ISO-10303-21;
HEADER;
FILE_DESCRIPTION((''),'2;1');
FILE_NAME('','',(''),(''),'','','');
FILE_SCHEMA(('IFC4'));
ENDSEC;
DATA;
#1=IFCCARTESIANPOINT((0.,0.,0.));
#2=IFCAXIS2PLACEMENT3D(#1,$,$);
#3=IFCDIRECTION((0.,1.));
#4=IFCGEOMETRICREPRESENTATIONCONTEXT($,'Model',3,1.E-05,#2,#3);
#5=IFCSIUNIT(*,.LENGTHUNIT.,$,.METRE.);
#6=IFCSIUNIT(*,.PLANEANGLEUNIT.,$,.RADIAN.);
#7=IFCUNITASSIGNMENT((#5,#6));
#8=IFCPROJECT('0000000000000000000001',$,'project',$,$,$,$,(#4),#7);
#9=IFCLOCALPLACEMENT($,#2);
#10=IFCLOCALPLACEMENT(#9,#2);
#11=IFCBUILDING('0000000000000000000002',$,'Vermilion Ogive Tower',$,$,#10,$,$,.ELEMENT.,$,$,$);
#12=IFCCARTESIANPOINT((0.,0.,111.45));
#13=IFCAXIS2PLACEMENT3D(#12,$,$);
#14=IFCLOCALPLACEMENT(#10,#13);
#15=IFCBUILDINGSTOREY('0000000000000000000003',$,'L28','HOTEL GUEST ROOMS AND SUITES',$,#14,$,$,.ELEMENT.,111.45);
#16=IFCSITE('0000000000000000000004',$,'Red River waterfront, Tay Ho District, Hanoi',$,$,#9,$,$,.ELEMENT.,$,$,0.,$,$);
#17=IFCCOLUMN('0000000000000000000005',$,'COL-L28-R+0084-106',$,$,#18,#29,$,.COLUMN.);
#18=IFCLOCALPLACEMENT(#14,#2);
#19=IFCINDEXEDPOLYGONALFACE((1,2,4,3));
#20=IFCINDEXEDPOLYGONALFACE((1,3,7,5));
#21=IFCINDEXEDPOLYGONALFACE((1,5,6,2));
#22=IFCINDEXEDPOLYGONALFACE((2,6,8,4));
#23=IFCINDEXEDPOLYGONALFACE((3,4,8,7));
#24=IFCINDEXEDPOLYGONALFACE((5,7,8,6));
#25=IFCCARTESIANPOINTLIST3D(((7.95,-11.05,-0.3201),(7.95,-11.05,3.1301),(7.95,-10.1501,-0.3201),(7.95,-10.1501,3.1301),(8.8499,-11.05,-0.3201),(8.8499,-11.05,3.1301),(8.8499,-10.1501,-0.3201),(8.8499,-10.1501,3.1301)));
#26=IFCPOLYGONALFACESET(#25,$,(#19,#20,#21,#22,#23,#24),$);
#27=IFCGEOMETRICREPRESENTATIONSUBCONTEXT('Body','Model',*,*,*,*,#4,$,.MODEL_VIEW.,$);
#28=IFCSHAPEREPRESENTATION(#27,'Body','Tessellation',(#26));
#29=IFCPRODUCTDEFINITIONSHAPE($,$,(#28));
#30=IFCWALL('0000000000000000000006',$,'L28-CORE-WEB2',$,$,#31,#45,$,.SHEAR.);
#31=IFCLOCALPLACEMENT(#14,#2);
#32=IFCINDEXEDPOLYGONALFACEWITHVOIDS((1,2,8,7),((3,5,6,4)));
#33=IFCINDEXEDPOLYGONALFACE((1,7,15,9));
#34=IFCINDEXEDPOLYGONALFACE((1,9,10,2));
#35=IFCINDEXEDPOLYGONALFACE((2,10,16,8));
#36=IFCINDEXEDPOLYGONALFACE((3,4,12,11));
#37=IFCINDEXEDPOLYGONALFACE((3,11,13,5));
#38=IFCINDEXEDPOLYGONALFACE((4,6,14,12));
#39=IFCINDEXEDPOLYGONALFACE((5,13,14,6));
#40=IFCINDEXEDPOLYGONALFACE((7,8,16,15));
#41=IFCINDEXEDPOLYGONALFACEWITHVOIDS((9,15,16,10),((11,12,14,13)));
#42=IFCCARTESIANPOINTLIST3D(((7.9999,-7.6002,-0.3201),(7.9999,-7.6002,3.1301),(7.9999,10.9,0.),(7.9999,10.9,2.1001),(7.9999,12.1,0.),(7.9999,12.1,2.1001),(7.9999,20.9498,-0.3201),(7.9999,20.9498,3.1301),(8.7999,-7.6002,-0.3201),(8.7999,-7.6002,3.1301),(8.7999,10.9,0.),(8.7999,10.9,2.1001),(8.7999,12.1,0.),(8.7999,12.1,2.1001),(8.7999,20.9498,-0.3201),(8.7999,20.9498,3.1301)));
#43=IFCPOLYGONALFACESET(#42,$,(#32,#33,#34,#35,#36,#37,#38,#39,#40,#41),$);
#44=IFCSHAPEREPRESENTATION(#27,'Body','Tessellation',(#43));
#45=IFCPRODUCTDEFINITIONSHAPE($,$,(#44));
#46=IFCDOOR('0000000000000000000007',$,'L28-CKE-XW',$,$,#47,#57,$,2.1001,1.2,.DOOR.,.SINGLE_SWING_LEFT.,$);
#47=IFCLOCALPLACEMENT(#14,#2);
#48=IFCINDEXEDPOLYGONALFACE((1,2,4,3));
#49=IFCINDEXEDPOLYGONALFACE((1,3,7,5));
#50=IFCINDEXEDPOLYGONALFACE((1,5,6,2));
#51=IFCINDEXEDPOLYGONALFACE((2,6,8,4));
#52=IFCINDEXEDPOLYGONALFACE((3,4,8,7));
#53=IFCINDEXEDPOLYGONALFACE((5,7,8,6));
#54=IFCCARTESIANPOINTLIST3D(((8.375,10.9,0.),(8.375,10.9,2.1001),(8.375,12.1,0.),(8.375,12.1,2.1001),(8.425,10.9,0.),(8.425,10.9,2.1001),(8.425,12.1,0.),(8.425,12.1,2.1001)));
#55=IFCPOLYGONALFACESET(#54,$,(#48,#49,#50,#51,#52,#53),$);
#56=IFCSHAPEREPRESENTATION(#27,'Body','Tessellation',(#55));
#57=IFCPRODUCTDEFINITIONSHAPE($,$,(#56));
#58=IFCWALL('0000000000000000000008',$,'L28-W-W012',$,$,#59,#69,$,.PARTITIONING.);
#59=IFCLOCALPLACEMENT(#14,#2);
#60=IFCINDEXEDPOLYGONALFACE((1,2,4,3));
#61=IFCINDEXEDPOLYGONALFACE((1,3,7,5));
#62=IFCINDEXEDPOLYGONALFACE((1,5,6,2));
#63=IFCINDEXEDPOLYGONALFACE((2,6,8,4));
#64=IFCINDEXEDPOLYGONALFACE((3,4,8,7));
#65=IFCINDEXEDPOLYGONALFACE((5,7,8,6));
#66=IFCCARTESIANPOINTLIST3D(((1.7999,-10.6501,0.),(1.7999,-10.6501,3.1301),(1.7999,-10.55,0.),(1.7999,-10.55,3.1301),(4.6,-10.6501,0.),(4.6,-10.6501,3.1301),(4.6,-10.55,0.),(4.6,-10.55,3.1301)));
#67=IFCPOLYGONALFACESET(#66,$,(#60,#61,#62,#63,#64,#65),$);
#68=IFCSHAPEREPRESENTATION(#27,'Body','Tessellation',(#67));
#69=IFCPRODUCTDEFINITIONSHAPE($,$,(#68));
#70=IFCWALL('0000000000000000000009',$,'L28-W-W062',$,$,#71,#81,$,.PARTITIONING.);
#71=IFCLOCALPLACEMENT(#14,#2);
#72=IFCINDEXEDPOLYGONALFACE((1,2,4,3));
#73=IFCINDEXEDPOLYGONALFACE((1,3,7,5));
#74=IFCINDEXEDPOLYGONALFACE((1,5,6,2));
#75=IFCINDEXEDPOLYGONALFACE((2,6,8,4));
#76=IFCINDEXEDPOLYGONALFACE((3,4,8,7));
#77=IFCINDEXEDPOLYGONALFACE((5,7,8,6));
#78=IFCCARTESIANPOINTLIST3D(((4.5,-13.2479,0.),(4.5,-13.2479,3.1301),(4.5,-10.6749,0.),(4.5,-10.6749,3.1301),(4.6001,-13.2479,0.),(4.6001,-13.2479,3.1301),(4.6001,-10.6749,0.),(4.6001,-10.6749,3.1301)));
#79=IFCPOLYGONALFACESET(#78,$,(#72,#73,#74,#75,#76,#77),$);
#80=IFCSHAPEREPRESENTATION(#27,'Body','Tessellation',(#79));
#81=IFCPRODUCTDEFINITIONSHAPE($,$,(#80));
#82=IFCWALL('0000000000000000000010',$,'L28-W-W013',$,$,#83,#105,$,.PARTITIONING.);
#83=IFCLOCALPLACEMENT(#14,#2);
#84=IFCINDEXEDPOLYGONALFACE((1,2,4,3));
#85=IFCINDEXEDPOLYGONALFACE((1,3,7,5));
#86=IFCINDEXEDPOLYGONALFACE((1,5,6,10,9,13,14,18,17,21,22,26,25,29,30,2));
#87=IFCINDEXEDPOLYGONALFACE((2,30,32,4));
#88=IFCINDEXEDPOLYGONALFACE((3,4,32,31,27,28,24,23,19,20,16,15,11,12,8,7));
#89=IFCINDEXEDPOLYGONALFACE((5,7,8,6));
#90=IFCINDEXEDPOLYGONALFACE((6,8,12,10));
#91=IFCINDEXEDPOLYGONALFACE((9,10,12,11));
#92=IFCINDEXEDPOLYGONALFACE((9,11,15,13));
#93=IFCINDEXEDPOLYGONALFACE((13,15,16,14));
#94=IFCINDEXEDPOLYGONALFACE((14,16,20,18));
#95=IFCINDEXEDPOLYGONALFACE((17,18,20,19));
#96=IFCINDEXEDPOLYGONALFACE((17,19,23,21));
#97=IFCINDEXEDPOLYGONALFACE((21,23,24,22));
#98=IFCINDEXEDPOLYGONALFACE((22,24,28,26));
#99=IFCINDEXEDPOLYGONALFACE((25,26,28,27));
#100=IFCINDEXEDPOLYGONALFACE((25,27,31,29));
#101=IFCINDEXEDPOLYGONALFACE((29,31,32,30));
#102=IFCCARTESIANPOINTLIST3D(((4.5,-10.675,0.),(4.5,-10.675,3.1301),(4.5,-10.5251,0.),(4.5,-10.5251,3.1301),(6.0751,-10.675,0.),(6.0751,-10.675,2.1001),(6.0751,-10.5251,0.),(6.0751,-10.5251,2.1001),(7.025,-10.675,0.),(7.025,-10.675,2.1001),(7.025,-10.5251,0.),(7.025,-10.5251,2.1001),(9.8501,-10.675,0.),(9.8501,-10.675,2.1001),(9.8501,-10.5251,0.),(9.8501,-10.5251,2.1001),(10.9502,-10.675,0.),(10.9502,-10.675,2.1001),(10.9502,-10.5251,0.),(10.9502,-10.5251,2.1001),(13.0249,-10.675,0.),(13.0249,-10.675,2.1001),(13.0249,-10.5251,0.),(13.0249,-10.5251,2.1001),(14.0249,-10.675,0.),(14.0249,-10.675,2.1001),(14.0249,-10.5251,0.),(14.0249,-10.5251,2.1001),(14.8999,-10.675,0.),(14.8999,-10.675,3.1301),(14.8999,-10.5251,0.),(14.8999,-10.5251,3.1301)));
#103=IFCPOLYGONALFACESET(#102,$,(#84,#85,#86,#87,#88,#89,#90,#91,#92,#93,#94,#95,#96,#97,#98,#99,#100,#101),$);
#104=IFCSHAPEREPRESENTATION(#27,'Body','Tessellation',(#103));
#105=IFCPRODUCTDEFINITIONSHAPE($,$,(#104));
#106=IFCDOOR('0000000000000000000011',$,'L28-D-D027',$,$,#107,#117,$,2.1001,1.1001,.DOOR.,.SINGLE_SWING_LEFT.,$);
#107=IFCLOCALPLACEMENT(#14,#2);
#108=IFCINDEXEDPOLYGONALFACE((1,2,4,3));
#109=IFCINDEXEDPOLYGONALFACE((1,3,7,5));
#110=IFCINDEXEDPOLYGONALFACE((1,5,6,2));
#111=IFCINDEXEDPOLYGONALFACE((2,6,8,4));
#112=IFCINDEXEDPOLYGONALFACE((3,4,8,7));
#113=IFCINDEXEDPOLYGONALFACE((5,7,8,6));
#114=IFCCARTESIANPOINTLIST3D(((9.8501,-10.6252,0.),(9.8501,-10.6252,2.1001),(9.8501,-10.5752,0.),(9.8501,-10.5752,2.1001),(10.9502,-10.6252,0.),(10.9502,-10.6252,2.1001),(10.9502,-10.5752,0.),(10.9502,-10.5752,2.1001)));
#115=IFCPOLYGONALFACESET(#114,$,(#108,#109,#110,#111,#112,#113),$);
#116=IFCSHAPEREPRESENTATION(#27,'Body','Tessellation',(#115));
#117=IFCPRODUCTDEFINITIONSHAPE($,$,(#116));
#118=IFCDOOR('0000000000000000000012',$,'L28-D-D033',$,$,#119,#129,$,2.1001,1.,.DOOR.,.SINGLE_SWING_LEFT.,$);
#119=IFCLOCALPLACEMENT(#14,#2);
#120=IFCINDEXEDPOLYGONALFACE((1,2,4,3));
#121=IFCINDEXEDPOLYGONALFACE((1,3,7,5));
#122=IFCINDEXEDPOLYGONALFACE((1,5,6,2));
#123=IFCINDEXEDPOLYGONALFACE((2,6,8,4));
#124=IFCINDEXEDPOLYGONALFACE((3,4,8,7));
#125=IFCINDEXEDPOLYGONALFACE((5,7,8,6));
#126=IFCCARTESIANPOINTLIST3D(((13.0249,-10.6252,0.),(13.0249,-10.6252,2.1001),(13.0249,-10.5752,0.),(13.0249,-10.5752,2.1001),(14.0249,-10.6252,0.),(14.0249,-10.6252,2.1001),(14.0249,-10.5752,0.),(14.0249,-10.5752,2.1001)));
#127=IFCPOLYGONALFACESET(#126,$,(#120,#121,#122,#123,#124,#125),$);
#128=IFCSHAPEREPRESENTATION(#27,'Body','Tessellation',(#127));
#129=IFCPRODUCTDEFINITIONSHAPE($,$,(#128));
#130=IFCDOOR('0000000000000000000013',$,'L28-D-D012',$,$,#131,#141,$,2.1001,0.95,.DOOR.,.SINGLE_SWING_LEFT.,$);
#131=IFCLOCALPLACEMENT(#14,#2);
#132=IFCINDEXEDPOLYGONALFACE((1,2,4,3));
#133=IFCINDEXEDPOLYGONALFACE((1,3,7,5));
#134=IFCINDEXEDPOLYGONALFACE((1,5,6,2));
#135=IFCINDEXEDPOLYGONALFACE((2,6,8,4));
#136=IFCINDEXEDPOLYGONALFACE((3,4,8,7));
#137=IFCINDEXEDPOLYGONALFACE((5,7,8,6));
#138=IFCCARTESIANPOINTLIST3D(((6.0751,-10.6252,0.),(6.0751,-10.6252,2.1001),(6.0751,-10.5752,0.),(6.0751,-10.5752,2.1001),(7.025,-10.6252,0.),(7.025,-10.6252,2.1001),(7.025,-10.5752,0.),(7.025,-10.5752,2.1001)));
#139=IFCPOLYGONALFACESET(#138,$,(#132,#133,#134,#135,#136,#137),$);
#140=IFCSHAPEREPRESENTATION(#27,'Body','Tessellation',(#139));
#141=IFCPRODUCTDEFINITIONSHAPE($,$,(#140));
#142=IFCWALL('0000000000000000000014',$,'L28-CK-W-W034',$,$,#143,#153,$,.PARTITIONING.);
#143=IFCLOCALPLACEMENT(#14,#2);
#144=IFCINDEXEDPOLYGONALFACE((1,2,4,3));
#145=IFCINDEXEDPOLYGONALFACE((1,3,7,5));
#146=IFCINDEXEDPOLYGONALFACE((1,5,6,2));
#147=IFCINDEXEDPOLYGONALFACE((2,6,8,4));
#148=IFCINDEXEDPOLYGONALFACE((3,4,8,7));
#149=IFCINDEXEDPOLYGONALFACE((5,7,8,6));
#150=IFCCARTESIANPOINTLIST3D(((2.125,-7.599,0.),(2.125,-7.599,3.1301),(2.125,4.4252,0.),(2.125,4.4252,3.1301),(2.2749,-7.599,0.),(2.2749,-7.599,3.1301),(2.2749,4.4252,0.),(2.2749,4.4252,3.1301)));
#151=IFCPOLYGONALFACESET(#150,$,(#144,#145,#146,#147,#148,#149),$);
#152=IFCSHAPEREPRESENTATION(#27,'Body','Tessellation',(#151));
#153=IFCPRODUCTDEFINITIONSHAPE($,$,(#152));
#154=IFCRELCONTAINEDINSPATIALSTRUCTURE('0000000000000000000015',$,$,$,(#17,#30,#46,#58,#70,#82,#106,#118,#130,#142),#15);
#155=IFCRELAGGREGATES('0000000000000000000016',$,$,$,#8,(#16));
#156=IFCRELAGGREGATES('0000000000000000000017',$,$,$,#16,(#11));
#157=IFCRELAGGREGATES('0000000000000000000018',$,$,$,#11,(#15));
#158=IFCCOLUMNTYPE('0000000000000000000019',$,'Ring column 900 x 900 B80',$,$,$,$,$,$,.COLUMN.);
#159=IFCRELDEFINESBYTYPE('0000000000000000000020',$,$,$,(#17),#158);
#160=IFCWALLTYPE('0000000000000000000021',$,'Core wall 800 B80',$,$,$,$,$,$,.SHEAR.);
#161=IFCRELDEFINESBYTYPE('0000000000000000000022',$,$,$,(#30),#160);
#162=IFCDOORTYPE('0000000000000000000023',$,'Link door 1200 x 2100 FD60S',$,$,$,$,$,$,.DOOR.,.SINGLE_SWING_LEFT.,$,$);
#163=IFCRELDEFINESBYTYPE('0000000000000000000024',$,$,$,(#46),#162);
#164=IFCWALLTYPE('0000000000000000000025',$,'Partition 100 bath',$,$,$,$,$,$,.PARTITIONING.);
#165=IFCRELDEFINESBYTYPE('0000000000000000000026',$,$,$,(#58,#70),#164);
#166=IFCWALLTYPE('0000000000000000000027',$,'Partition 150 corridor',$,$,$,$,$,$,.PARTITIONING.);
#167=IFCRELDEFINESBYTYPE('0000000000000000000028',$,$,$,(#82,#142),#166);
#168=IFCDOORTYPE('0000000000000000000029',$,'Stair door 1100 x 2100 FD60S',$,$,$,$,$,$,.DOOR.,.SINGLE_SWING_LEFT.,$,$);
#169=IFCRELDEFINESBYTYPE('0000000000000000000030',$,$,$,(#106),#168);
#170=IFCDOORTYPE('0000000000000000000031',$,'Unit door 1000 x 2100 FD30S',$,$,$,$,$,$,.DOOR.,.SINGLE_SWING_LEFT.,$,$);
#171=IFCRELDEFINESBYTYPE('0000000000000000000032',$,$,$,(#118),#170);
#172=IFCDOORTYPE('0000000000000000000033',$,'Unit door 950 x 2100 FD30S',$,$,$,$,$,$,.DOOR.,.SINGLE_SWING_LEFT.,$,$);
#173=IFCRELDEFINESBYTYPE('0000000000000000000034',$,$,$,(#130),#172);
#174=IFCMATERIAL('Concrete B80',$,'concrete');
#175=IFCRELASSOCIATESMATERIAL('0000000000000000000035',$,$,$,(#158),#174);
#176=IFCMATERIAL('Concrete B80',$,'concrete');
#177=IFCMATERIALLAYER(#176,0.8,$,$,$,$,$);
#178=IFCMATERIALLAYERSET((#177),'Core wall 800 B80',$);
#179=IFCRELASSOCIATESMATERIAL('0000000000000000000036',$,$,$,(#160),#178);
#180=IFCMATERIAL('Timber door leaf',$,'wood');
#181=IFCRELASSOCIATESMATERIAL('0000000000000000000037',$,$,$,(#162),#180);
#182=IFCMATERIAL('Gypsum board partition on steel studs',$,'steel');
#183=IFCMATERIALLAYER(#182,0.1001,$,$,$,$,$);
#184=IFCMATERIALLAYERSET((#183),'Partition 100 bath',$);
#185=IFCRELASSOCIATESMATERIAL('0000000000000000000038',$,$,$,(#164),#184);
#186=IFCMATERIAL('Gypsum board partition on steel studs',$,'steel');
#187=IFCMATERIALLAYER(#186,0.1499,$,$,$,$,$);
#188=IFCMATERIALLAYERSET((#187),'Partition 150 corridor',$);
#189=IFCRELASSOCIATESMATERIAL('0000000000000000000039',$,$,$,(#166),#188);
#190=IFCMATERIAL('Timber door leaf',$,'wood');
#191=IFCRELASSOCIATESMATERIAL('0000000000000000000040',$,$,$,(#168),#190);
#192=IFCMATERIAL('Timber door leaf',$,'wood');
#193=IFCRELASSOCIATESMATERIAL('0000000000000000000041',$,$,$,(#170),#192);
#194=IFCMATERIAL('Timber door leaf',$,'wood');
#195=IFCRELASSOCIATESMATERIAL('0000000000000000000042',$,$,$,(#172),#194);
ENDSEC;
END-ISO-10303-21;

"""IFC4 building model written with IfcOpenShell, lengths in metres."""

from ifc_helpers import new_model, si_unit, direction, frame, frame_2d, origin, origin_2d, place, context, subcontext, project, spatial, rectangle, extrude, material, layer, layer_set, material_profile, profile_set, type_object, element, fill, save


model = new_model("IFC4")

# Units and contexts
model_context = context("Model", 3, precision=1e-05, world=origin(), true_north=direction((0.0, 1.0)))
body_context = subcontext(model_context, "Body", "Model", "MODEL_VIEW")
ifc_project = project(units=[si_unit("LENGTHUNIT", "METRE"), si_unit("PLANEANGLEUNIT", "RADIAN")], contexts=[model_context])

# Site, building, storey
site_placement = place(None, origin())
site = spatial("IfcSite", under=ifc_project, at=site_placement, Name="Red River waterfront, Tay Ho District, Hanoi", CompositionType="ELEMENT", RefElevation=0.0)
building_placement = place(site_placement, origin())
building = spatial("IfcBuilding", under=site, at=building_placement, Name="Vermilion Ogive Tower", CompositionType="ELEMENT")
storey_placement = place(building_placement, frame((0.0, 0.0, 111.45)))
storey = spatial("IfcBuildingStorey", under=building, at=storey_placement, Name="L28", Description="HOTEL GUEST ROOMS AND SUITES", CompositionType="ELEMENT", Elevation=111.45)

# Column
ifc_material_1 = material(Name="Concrete B80", Category="concrete")
ifc_material_profile = material_profile(ifc_material_1, rectangle(XDim=0.8999, YDim=0.8999, at=origin_2d()), Name="900 x 900")
ifc_profile_set = profile_set([ifc_material_profile], Name="Concrete B80")
column_type = type_object("IfcColumnType", Name="Ring column 900 x 900 B80", PredefinedType="COLUMN", material=ifc_profile_set)
column_placement = place(storey_placement, frame((8.3999, -10.6001, -0.3201), z_axis=(0.0, 0.0, 1.0), x_axis=(1.0, 0.0, 0.0)))
element("IfcColumn", 1, at=column_placement, inside=storey, type_object=column_type, Name="COL-L28-R+0084-106", PredefinedType="COLUMN", context=body_context, shape_type="SweptSolid", body=[
    extrude(rectangle(XDim=0.8999, YDim=0.8999, at=origin_2d()), origin(), (0.0, 0.0, 1.0), 3.4502),
])

# Wall, opening, door
ifc_material_2 = material(Name="Concrete B80", Category="concrete")
ifc_layer_1 = layer(ifc_material_2, 0.8)
ifc_layer_set_1 = layer_set([ifc_layer_1], Name="Core wall 800 B80")
wall_type_1 = type_object("IfcWallType", Name="Core wall 800 B80", PredefinedType="SHEAR", material=ifc_layer_set_1)
wall_1_placement = place(storey_placement, frame((8.3999, -7.6001, -0.3201), z_axis=(0.0, 0.0, 1.0), x_axis=(0.0, 1.0, 0.0)))
wall_1 = element("IfcWall", 2, at=wall_1_placement, inside=storey, type_object=wall_type_1, Name="L28-CORE-WEB2", PredefinedType="SHEAR", context=body_context, shape_type="SweptSolid", body=[
    extrude(rectangle(XDim=28.55, YDim=0.8, at=frame_2d((14.2749, 0.0))), origin(), (0.0, 0.0, 1.0), 3.4502),
])
opening_1_placement = place(wall_1_placement, frame((18.5, 0.0, 0.3201)))
opening_1 = element("IfcOpeningElement", 3, at=opening_1_placement, cuts=wall_1, PredefinedType="OPENING", context=body_context, shape_type="SweptSolid", body=[
    extrude(rectangle(XDim=1.2, YDim=2.1001, at=frame_2d((0.6001, 1.05))), frame((0.0, 0.4099, 0.0), z_axis=(0.0, -1.0, 0.0), x_axis=(1.0, 0.0, 0.0)), (0.0, 0.0, 1.0), 0.8201),
])
ifc_material_3 = material(Name="Timber door leaf", Category="wood")
door_type_1 = type_object("IfcDoorType", Name="Link door 1200 x 2100 FD60S", OperationType="SINGLE_SWING_LEFT", PredefinedType="DOOR", material=ifc_material_3)
door_1_placement = place(opening_1_placement, origin())
door_1 = element("IfcDoor", 4, at=door_1_placement, inside=storey, type_object=door_type_1, Name="L28-CKE-XW", OperationType="SINGLE_SWING_LEFT", OverallHeight=2.1001, OverallWidth=1.2, PredefinedType="DOOR", context=body_context, shape_type="SweptSolid", body=[
    extrude(rectangle(XDim=1.2, YDim=2.1001, at=frame_2d((0.6001, 1.05))), frame((0.0, 0.0249, 0.0), z_axis=(0.0, -1.0, 0.0), x_axis=(1.0, 0.0, 0.0)), (0.0, 0.0, 1.0), 0.05),
])
fill(opening_1, door_1)

# Walls
ifc_material_4 = material(Name="Gypsum board partition on steel studs", Category="steel")
ifc_layer_2 = layer(ifc_material_4, 0.1001)
ifc_layer_set_2 = layer_set([ifc_layer_2], Name="Partition 100 bath")
wall_type_2 = type_object("IfcWallType", Name="Partition 100 bath", PredefinedType="PARTITIONING", material=ifc_layer_set_2)
wall_2_placement = place(storey_placement, frame((1.8, -10.6001, 0.0), z_axis=(0.0, 0.0, 1.0), x_axis=(1.0, 0.0, 0.0)))
element("IfcWall", 5, at=wall_2_placement, inside=storey, type_object=wall_type_2, Name="L28-W-W012", PredefinedType="PARTITIONING", context=body_context, shape_type="SweptSolid", body=[
    extrude(rectangle(XDim=2.8, YDim=0.1001, at=frame_2d((1.3999, 0.0))), origin(), (0.0, 0.0, 1.0), 3.1301),
])
wall_3_placement = place(storey_placement, frame((4.55, -13.248, 0.0), z_axis=(0.0, 0.0, 1.0), x_axis=(0.0, 1.0, 0.0)))
element("IfcWall", 6, at=wall_3_placement, inside=storey, type_object=wall_type_2, Name="L28-W-W062", PredefinedType="PARTITIONING", context=body_context, shape_type="SweptSolid", body=[
    extrude(rectangle(XDim=2.573, YDim=0.1001, at=frame_2d((1.2866, 0.0))), origin(), (0.0, 0.0, 1.0), 3.1301),
])

# Wall, openings, doors
ifc_material_5 = material(Name="Gypsum board partition on steel studs", Category="steel")
ifc_layer_3 = layer(ifc_material_5, 0.1499)
ifc_layer_set_3 = layer_set([ifc_layer_3], Name="Partition 150 corridor")
wall_type_3 = type_object("IfcWallType", Name="Partition 150 corridor", PredefinedType="PARTITIONING", material=ifc_layer_set_3)
wall_4_placement = place(storey_placement, frame((4.5, -10.6001, 0.0), z_axis=(0.0, 0.0, 1.0), x_axis=(1.0, 0.0, 0.0)))
wall_4 = element("IfcWall", 7, at=wall_4_placement, inside=storey, type_object=wall_type_3, Name="L28-W-W013", PredefinedType="PARTITIONING", context=body_context, shape_type="SweptSolid", body=[
    extrude(rectangle(XDim=10.3999, YDim=0.1499, at=frame_2d((5.2, 0.0))), origin(), (0.0, 0.0, 1.0), 3.1301),
])
opening_2_placement = place(wall_4_placement, frame((1.575, 0.0, 0.0)))
opening_2 = element("IfcOpeningElement", 8, at=opening_2_placement, cuts=wall_4, PredefinedType="OPENING", context=body_context, shape_type="SweptSolid", body=[
    extrude(rectangle(XDim=0.95, YDim=2.1001, at=frame_2d((0.4751, 1.05))), frame((0.0, 0.085, 0.0), z_axis=(0.0, -1.0, 0.0), x_axis=(1.0, 0.0, 0.0)), (0.0, 0.0, 1.0), 0.1699),
])
opening_3_placement = place(wall_4_placement, frame((5.3501, 0.0, 0.0)))
opening_3 = element("IfcOpeningElement", 9, at=opening_3_placement, cuts=wall_4, PredefinedType="OPENING", context=body_context, shape_type="SweptSolid", body=[
    extrude(rectangle(XDim=1.1001, YDim=2.1001, at=frame_2d((0.55, 1.05))), frame((0.0, 0.085, 0.0), z_axis=(0.0, -1.0, 0.0), x_axis=(1.0, 0.0, 0.0)), (0.0, 0.0, 1.0), 0.1699),
])
opening_4_placement = place(wall_4_placement, frame((8.5249, 0.0, 0.0)))
opening_4 = element("IfcOpeningElement", 10, at=opening_4_placement, cuts=wall_4, PredefinedType="OPENING", context=body_context, shape_type="SweptSolid", body=[
    extrude(rectangle(XDim=1.0, YDim=2.1001, at=frame_2d((0.5, 1.05))), frame((0.0, 0.085, 0.0), z_axis=(0.0, -1.0, 0.0), x_axis=(1.0, 0.0, 0.0)), (0.0, 0.0, 1.0), 0.1699),
])
ifc_material_6 = material(Name="Timber door leaf", Category="wood")
door_type_2 = type_object("IfcDoorType", Name="Stair door 1100 x 2100 FD60S", OperationType="SINGLE_SWING_LEFT", PredefinedType="DOOR", material=ifc_material_6)
door_2_placement = place(opening_3_placement, origin())
door_2 = element("IfcDoor", 11, at=door_2_placement, inside=storey, type_object=door_type_2, Name="L28-D-D027", OperationType="SINGLE_SWING_LEFT", OverallHeight=2.1001, OverallWidth=1.1001, PredefinedType="DOOR", context=body_context, shape_type="SweptSolid", body=[
    extrude(rectangle(XDim=1.1001, YDim=2.1001, at=frame_2d((0.55, 1.05))), frame((0.0, 0.0249, 0.0), z_axis=(0.0, -1.0, 0.0), x_axis=(1.0, 0.0, 0.0)), (0.0, 0.0, 1.0), 0.05),
])
fill(opening_3, door_2)
ifc_material_7 = material(Name="Timber door leaf", Category="wood")
door_type_3 = type_object("IfcDoorType", Name="Unit door 1000 x 2100 FD30S", OperationType="SINGLE_SWING_LEFT", PredefinedType="DOOR", material=ifc_material_7)
door_3_placement = place(opening_4_placement, origin())
door_3 = element("IfcDoor", 12, at=door_3_placement, inside=storey, type_object=door_type_3, Name="L28-D-D033", OperationType="SINGLE_SWING_LEFT", OverallHeight=2.1001, OverallWidth=1.0, PredefinedType="DOOR", context=body_context, shape_type="SweptSolid", body=[
    extrude(rectangle(XDim=1.0, YDim=2.1001, at=frame_2d((0.5, 1.05))), frame((0.0, 0.0249, 0.0), z_axis=(0.0, -1.0, 0.0), x_axis=(1.0, 0.0, 0.0)), (0.0, 0.0, 1.0), 0.05),
])
fill(opening_4, door_3)
ifc_material_8 = material(Name="Timber door leaf", Category="wood")
door_type_4 = type_object("IfcDoorType", Name="Unit door 950 x 2100 FD30S", OperationType="SINGLE_SWING_LEFT", PredefinedType="DOOR", material=ifc_material_8)
door_4_placement = place(opening_2_placement, origin())
door_4 = element("IfcDoor", 13, at=door_4_placement, inside=storey, type_object=door_type_4, Name="L28-D-D012", OperationType="SINGLE_SWING_LEFT", OverallHeight=2.1001, OverallWidth=0.95, PredefinedType="DOOR", context=body_context, shape_type="SweptSolid", body=[
    extrude(rectangle(XDim=0.95, YDim=2.1001, at=frame_2d((0.4751, 1.05))), frame((0.0, 0.0249, 0.0), z_axis=(0.0, -1.0, 0.0), x_axis=(1.0, 0.0, 0.0)), (0.0, 0.0, 1.0), 0.05),
])
fill(opening_2, door_4)

# Wall
wall_5_placement = place(storey_placement, frame((2.2, -7.5991, 0.0), z_axis=(0.0, 0.0, 1.0), x_axis=(0.0, 1.0, 0.0)))
element("IfcWall", 14, at=wall_5_placement, inside=storey, type_object=wall_type_3, Name="L28-CK-W-W034", PredefinedType="PARTITIONING", context=body_context, shape_type="SweptSolid", body=[
    extrude(rectangle(XDim=12.0242, YDim=0.1499, at=frame_2d((6.0122, 0.0))), origin(), (0.0, 0.0, 1.0), 3.1301),
])

save(model, "model.ifc")
